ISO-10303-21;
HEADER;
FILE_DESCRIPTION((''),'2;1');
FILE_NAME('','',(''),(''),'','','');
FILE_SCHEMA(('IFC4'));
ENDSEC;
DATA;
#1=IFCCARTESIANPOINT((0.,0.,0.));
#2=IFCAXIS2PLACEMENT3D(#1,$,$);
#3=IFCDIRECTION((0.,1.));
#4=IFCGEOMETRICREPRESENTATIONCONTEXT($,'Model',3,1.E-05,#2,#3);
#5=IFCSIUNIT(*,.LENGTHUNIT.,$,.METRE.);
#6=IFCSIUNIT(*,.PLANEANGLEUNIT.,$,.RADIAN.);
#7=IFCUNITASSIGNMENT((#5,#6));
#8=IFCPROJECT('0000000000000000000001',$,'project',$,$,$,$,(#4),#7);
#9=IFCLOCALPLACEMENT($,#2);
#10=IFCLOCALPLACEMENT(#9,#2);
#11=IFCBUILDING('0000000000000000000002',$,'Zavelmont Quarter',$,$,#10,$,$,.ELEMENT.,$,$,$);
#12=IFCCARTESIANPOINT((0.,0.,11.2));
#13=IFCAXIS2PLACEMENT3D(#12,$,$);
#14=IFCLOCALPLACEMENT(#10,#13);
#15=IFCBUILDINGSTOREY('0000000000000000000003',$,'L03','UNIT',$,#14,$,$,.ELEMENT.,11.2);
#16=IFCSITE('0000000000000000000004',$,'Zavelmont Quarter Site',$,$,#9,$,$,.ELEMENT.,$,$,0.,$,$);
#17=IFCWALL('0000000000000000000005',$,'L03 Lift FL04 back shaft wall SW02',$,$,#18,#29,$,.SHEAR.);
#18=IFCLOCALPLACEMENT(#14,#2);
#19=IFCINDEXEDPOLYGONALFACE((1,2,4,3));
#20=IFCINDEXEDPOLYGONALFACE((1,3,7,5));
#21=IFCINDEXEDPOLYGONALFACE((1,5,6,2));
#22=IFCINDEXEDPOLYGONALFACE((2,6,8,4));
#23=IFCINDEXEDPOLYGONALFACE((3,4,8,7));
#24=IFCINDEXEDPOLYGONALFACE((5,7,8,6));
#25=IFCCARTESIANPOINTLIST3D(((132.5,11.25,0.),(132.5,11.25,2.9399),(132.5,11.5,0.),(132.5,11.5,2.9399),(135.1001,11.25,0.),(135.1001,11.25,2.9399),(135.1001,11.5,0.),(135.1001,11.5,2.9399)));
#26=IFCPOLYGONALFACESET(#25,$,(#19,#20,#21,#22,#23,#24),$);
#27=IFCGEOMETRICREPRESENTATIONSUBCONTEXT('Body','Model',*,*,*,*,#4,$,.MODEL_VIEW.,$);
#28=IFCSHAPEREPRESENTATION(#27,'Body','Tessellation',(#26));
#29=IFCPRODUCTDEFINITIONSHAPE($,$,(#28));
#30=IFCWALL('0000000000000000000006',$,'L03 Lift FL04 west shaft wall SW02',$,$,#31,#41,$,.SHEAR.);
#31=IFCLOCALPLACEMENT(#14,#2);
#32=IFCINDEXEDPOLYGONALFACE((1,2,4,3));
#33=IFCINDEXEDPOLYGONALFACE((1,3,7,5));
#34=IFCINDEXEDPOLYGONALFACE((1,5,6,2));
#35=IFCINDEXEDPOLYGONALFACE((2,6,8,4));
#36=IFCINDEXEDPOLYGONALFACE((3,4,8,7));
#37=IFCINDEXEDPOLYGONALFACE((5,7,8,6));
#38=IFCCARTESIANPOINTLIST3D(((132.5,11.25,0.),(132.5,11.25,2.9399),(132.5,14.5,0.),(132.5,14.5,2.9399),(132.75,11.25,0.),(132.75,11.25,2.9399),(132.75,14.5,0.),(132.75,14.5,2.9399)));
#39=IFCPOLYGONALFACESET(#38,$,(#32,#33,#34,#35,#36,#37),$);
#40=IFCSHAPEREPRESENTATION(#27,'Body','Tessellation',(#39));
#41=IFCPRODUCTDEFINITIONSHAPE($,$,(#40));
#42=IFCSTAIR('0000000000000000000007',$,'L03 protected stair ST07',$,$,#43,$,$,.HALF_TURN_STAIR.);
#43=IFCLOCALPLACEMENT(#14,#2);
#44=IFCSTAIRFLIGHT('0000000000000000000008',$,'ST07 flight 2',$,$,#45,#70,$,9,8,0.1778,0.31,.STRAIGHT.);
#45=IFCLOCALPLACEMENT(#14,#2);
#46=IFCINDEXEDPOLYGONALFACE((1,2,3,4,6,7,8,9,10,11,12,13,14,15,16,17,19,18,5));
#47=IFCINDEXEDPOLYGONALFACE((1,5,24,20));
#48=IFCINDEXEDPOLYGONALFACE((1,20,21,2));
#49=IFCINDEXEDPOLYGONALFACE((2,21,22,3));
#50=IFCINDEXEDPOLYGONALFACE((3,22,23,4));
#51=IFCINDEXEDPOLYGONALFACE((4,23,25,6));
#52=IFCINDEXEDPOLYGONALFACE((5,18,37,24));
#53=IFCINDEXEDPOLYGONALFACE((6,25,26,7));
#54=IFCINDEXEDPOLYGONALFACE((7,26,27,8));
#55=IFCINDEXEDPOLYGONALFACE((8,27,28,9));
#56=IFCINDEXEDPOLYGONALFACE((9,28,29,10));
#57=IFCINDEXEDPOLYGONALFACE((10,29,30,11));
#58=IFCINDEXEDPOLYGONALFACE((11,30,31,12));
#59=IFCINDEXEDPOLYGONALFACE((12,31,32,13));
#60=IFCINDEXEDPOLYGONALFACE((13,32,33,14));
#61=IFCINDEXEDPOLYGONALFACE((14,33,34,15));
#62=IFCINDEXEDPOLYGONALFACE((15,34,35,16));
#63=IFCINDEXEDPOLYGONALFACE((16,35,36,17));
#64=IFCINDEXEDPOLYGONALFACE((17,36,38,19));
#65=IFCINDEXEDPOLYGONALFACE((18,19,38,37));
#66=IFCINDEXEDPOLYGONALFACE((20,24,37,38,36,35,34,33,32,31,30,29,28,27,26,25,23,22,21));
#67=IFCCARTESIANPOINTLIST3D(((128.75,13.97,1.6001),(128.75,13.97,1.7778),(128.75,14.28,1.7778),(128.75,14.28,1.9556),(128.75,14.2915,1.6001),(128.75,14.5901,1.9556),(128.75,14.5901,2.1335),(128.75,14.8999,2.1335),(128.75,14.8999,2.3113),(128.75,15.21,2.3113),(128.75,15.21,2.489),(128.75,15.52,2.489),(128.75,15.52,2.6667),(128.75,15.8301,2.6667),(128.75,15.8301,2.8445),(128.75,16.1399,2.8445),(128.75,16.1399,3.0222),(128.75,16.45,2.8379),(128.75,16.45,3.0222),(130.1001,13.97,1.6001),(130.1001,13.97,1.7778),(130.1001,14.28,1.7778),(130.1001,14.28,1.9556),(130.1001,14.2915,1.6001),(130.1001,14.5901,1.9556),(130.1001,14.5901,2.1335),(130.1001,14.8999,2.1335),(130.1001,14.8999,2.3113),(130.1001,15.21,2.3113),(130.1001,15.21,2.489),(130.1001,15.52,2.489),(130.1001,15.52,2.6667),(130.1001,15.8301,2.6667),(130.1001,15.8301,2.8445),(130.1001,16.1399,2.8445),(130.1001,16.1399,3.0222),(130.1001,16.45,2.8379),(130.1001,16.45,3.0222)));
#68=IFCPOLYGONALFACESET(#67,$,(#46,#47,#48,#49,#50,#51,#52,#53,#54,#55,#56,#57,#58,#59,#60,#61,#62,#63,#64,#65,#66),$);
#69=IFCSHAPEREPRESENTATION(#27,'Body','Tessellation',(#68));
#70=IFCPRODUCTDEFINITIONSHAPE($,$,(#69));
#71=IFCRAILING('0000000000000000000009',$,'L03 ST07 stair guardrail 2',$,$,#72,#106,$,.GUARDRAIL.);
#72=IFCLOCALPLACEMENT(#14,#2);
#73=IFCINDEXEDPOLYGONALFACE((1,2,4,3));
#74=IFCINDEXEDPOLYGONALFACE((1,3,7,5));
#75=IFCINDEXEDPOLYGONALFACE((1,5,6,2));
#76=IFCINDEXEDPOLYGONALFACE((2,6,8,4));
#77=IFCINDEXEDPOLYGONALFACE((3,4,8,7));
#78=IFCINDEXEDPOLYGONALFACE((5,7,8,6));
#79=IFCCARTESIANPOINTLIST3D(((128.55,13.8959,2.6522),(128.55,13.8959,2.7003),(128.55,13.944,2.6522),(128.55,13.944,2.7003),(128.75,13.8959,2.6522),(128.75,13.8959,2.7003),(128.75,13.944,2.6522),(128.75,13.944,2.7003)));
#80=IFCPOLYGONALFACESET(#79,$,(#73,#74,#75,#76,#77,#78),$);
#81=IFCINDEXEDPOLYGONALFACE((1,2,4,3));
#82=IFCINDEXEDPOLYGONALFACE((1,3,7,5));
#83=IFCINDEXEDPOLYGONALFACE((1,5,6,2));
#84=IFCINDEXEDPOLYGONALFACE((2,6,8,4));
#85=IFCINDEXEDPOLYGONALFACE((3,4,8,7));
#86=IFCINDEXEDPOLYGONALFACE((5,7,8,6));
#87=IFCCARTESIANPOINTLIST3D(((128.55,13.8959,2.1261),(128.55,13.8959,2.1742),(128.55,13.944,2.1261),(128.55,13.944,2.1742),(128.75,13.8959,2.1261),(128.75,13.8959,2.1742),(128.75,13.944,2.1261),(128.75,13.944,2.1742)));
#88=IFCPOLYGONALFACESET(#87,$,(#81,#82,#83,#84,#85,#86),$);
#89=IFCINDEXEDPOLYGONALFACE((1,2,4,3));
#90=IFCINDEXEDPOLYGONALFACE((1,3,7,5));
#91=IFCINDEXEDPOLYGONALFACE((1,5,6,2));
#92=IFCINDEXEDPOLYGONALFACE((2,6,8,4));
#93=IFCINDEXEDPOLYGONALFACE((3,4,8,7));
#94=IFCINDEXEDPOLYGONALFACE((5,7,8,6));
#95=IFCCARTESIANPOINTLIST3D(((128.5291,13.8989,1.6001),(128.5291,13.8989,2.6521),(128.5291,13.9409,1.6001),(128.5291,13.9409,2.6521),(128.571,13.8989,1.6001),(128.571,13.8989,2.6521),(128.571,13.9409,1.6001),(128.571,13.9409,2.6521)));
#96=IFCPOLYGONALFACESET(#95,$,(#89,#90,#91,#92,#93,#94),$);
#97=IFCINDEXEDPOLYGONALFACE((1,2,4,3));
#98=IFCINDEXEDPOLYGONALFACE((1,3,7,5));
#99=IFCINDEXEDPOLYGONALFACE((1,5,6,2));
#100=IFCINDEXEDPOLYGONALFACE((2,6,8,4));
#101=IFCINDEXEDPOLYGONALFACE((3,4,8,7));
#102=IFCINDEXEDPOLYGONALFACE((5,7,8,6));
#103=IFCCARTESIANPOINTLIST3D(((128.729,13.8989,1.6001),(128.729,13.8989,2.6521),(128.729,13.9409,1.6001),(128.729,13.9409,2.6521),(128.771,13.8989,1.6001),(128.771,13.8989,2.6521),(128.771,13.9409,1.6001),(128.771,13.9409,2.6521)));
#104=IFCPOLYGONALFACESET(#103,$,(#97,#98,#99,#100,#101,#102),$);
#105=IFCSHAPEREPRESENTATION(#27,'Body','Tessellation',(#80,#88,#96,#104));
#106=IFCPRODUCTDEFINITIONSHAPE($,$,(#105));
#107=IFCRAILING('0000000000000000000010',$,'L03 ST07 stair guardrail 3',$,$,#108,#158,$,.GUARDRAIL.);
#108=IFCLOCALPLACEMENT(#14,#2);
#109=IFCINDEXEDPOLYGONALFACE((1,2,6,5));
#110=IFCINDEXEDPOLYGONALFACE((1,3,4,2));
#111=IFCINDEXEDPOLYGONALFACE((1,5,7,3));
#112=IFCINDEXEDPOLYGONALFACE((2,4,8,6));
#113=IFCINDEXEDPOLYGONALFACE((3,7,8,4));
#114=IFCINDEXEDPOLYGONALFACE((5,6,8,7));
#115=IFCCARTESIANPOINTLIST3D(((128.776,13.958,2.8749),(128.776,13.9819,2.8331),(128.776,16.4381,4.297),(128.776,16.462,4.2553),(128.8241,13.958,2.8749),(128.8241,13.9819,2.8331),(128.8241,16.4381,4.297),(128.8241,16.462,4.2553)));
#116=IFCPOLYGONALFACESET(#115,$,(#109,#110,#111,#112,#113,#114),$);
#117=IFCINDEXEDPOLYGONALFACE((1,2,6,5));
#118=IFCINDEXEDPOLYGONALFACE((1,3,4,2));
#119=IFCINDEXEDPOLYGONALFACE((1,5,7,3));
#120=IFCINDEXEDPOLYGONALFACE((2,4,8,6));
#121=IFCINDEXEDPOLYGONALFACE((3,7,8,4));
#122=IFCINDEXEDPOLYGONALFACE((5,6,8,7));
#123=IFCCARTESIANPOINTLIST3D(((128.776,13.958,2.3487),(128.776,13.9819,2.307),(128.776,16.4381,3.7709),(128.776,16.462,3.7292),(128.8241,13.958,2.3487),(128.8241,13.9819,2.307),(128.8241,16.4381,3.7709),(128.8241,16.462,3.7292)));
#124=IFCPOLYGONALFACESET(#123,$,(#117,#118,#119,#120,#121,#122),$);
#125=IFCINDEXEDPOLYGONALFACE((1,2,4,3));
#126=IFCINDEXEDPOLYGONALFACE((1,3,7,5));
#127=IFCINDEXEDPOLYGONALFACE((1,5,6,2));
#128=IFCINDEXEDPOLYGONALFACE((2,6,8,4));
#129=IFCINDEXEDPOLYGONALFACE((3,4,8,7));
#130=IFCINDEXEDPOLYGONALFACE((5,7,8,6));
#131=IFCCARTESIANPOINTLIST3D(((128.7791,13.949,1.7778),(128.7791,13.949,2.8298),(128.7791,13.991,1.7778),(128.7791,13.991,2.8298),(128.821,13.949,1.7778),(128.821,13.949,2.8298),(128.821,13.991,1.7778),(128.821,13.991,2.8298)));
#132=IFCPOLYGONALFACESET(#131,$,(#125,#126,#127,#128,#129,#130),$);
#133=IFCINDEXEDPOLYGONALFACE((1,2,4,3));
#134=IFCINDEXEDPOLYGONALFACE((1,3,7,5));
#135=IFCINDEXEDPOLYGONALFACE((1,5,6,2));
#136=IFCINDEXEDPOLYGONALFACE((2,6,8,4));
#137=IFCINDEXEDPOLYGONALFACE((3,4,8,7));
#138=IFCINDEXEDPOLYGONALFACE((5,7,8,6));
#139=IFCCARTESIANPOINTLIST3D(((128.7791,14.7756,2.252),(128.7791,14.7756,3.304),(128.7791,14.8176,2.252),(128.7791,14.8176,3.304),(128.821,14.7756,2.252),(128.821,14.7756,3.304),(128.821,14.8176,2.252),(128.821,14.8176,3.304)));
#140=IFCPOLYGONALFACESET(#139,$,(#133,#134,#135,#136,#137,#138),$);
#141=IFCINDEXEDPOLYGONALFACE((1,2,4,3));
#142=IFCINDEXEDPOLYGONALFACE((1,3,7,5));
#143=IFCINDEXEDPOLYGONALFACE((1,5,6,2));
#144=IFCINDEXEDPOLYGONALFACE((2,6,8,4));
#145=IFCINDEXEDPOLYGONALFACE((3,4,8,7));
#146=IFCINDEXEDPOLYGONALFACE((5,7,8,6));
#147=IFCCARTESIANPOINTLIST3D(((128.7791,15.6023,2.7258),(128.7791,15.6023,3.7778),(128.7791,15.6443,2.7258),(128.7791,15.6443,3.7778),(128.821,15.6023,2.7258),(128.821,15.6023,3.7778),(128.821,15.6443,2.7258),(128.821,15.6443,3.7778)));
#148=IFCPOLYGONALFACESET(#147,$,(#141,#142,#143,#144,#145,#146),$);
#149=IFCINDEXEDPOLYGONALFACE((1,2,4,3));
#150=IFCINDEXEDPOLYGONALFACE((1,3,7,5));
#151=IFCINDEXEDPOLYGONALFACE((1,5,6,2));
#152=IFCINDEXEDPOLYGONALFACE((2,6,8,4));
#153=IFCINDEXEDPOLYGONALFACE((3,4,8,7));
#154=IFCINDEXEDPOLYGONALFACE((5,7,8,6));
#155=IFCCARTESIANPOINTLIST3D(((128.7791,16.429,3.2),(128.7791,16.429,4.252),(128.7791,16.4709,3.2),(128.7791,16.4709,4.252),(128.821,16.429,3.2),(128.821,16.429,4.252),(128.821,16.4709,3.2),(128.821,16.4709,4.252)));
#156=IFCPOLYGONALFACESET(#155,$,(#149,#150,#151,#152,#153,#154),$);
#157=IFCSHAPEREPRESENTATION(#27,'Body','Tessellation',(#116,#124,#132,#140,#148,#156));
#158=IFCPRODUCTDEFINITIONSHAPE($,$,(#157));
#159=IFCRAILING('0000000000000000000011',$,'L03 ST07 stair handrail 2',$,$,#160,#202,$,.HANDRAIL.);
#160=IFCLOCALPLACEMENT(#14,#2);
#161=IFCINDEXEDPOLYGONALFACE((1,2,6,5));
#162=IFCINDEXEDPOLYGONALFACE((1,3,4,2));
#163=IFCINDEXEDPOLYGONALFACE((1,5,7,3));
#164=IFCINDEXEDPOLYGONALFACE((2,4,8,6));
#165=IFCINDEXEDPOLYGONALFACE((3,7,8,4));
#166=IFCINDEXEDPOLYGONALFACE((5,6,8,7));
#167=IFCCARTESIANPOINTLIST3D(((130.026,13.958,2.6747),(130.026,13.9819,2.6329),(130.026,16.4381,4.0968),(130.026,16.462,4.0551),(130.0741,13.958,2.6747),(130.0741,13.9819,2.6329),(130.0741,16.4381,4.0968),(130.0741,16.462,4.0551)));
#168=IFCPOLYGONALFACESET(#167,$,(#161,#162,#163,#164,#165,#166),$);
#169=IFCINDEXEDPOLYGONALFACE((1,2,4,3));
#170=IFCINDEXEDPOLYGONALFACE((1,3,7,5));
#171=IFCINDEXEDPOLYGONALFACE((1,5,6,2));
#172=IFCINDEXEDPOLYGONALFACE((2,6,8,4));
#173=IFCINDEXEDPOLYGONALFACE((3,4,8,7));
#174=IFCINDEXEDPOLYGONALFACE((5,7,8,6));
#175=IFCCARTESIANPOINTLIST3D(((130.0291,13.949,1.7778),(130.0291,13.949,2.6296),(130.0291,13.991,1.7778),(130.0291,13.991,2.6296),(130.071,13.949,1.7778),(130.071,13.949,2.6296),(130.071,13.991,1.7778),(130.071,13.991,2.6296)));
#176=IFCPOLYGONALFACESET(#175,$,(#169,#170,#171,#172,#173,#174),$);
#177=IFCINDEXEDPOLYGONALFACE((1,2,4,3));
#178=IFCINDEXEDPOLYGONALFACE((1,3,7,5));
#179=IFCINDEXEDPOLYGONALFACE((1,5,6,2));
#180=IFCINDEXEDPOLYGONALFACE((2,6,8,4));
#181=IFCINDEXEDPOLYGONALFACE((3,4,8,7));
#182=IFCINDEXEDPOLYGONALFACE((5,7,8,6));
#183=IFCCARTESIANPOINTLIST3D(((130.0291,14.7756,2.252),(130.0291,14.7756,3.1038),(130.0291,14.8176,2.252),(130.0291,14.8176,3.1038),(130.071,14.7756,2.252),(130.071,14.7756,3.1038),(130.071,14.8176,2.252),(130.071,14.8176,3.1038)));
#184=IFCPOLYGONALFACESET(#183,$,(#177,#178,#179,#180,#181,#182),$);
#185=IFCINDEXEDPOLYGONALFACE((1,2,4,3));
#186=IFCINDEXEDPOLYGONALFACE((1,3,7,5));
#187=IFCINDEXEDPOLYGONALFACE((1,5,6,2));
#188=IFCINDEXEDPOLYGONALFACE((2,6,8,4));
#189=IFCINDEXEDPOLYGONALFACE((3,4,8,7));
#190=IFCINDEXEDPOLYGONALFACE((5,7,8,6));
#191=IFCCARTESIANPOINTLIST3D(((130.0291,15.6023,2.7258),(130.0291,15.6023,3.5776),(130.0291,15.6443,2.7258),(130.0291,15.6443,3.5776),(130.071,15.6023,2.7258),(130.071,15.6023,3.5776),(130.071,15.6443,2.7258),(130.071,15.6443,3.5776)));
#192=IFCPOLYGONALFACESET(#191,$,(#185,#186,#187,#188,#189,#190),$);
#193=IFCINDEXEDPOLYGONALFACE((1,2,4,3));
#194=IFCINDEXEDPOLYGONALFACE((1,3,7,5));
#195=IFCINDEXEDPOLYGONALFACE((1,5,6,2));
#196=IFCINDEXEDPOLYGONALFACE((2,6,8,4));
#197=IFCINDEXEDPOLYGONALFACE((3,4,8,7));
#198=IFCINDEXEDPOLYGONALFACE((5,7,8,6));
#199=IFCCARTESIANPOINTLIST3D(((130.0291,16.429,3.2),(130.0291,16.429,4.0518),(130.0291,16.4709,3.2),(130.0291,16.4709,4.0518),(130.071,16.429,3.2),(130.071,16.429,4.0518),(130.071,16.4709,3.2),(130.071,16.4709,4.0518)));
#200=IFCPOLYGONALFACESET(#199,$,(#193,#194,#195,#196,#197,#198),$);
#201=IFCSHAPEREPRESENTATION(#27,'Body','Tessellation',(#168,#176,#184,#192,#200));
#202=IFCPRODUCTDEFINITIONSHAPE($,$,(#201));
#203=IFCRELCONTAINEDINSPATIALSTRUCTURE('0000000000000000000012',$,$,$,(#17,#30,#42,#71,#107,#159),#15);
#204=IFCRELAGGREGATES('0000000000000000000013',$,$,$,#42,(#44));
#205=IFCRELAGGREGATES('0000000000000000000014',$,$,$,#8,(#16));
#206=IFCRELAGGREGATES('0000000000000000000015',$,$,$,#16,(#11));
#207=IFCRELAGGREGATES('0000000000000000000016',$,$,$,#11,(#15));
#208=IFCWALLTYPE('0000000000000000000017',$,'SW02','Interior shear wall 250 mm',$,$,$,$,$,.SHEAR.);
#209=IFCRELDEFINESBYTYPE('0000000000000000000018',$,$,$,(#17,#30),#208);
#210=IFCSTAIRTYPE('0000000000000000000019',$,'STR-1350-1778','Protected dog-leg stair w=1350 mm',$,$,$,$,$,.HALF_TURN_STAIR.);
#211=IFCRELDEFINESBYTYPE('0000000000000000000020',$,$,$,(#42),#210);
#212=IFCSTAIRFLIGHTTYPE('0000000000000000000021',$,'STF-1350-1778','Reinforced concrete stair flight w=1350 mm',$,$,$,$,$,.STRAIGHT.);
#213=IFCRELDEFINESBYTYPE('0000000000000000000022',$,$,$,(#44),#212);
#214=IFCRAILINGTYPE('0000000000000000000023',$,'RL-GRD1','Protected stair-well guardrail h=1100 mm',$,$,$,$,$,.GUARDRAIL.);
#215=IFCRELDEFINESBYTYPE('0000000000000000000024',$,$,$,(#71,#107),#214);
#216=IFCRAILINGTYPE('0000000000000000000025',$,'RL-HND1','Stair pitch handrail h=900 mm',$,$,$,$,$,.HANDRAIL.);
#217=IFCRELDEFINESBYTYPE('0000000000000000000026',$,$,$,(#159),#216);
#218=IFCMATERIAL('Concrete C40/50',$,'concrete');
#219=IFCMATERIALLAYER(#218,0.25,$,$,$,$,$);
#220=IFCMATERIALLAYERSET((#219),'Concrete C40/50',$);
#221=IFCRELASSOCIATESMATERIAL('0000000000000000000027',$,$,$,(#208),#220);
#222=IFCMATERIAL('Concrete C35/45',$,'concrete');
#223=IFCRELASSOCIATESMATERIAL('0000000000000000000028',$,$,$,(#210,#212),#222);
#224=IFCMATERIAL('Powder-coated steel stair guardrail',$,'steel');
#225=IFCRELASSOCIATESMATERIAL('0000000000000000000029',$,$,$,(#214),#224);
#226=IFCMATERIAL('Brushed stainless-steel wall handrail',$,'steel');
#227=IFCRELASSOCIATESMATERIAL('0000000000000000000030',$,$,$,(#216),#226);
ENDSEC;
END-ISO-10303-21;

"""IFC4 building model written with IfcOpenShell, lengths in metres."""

from ifc_helpers import new_model, si_unit, direction, frame, frame_2d, origin, origin_2d, place, context, subcontext, project, spatial, polyline, rectangle, outline, extrude, material, layer, layer_set, type_object, element, aggregate, save


model = new_model("IFC4")

# Units and contexts
model_context = context("Model", 3, precision=1e-05, world=origin(), true_north=direction((0.0, 1.0)))
body_context = subcontext(model_context, "Body", "Model", "MODEL_VIEW")
ifc_project = project(units=[si_unit("LENGTHUNIT", "METRE"), si_unit("PLANEANGLEUNIT", "RADIAN")], contexts=[model_context])

# Site, building, storey
site_placement = place(None, origin())
site = spatial("IfcSite", under=ifc_project, at=site_placement, Name="Zavelmont Quarter Site", CompositionType="ELEMENT", RefElevation=0.0)
building_placement = place(site_placement, origin())
building = spatial("IfcBuilding", under=site, at=building_placement, Name="Zavelmont Quarter", CompositionType="ELEMENT")
storey_placement = place(building_placement, frame((0.0, 0.0, 11.2)))
storey = spatial("IfcBuildingStorey", under=building, at=storey_placement, Name="L03", Description="UNIT", CompositionType="ELEMENT", Elevation=11.2)

# Shared definitions
ifc_material_1 = material(Name="Concrete C40/50", Category="concrete")

# Shared definitions
ifc_material_2 = material(Name="Concrete C35/45", Category="concrete")

# Walls
ifc_layer_1 = layer(ifc_material_1, 0.25)
ifc_layer_set_1 = layer_set([ifc_layer_1], Name="Concrete C40/50")
wall_type_1 = type_object("IfcWallType", Name="SW02", Description="Interior shear wall 250 mm", PredefinedType="SHEAR", material=ifc_layer_set_1)
wall_1_placement = place(storey_placement, frame((132.5, 11.375, 0.0), z_axis=(0.0, 0.0, 1.0), x_axis=(1.0, 0.0, 0.0)))
element("IfcWall", 1, at=wall_1_placement, inside=storey, type_object=wall_type_1, Name="L03 Lift FL04 back shaft wall SW02", PredefinedType="SHEAR", context=body_context, shape_type="SweptSolid", body=[
    extrude(rectangle(XDim=2.6001, YDim=0.25, at=frame_2d((1.3, 0.0))), origin(), (0.0, 0.0, 1.0), 2.9399),
])
wall_2_placement = place(storey_placement, frame((132.625, 11.25, 0.0), z_axis=(0.0, 0.0, 1.0), x_axis=(0.0, 1.0, 0.0)))
element("IfcWall", 2, at=wall_2_placement, inside=storey, type_object=wall_type_1, Name="L03 Lift FL04 west shaft wall SW02", PredefinedType="SHEAR", context=body_context, shape_type="SweptSolid", body=[
    extrude(rectangle(XDim=3.25, YDim=0.25, at=frame_2d((1.625, 0.0))), origin(), (0.0, 0.0, 1.0), 2.9399),
])

# Stair, stair flight
stair_type = type_object("IfcStairType", Name="STR-1350-1778", Description="Protected dog-leg stair w=1350 mm", PredefinedType="HALF_TURN_STAIR", material=ifc_material_2)
stair_placement = place(storey_placement, origin())
stair = element("IfcStair", 3, at=stair_placement, inside=storey, type_object=stair_type, Name="L03 protected stair ST07", PredefinedType="HALF_TURN_STAIR")
stair_flight_type = type_object("IfcStairFlightType", Name="STF-1350-1778", Description="Reinforced concrete stair flight w=1350 mm", PredefinedType="STRAIGHT", material=ifc_material_2)
stair_flight_placement = place(storey_placement, frame((129.425, 13.97, 1.6001), z_axis=(0.0, 0.0, 1.0), x_axis=(0.0, 1.0, 0.0)))
stair_flight = element("IfcStairFlight", 4, at=stair_flight_placement, type_object=stair_flight_type, Name="ST07 flight 2", NumberOfRisers=9, NumberOfTreads=8, PredefinedType="STRAIGHT", RiserHeight=0.1778, TreadLength=0.31, context=body_context, shape_type="SweptSolid", body=[
    extrude(outline(polyline([(0.0, 0.0), (0.0, 0.1777), (0.3101, 0.1777), (0.3101, 0.3555), (0.6201, 0.3555), (0.6201, 0.5334), (0.9299, 0.5334), (0.9299, 0.7112), (1.24, 0.7112), (1.24, 0.8889), (1.55, 0.8889), (1.55, 1.0667), (1.8601, 1.0667), (1.8601, 1.2444), (2.1699, 1.2444), (2.1699, 1.4221), (2.48, 1.4221), (2.48, 1.6001), (2.48, 1.2378), (0.3215, 0.0), (0.0, 0.0)])), frame((0.0, 0.675, 0.0), z_axis=(0.0, -1.0, 0.0), x_axis=(1.0, 0.0, 0.0)), (0.0, 0.0, 1.0), 1.3501),
])
aggregate(stair, [stair_flight])

# Railings
ifc_material_3 = material(Name="Powder-coated steel stair guardrail", Category="steel")
railing_type_1 = type_object("IfcRailingType", Name="RL-GRD1", Description="Protected stair-well guardrail h=1100 mm", PredefinedType="GUARDRAIL", material=ifc_material_3)
railing_1_placement = place(storey_placement, frame((128.55, 13.9199, 1.6001)))
element("IfcRailing", 5, at=railing_1_placement, inside=storey, type_object=railing_type_1, Name="L03 ST07 stair guardrail 2", PredefinedType="GUARDRAIL", context=body_context, shape_type="SweptSolid", body=[
    extrude(rectangle(XDim=0.0481, YDim=0.0481, at=origin_2d()), frame((0.0, 0.0, 1.0762), z_axis=(1.0, 0.0, 0.0), x_axis=(0.0, 1.0, 0.0)), (0.0, 0.0, 1.0), 0.2),
    extrude(rectangle(XDim=0.0481, YDim=0.0481, at=origin_2d()), frame((0.0, 0.0, 0.55), z_axis=(1.0, 0.0, 0.0), x_axis=(0.0, 1.0, 0.0)), (0.0, 0.0, 1.0), 0.2),
    extrude(rectangle(XDim=0.042, YDim=0.042, at=origin_2d()), origin(), (0.0, 0.0, 1.0), 1.052),
    extrude(rectangle(XDim=0.042, YDim=0.042, at=origin_2d()), frame((0.2, 0.0, 0.0)), (0.0, 0.0, 1.0), 1.052),
])
railing_2_placement = place(storey_placement, frame((128.8, 13.97, 1.7778)))
element("IfcRailing", 6, at=railing_2_placement, inside=storey, type_object=railing_type_1, Name="L03 ST07 stair guardrail 3", PredefinedType="GUARDRAIL", context=body_context, shape_type="SweptSolid", body=[
    extrude(rectangle(XDim=0.0481, YDim=0.0481, at=origin_2d()), frame((0.0, 0.0, 1.0762), z_axis=(0.0, 0.867491, 0.497454), x_axis=(-1.0, 0.0, 0.0)), (0.0, 0.0, 1.0), 2.8589),
    extrude(rectangle(XDim=0.0481, YDim=0.0481, at=origin_2d()), frame((0.0, 0.0, 0.55), z_axis=(0.0, 0.867491, 0.497454), x_axis=(-1.0, 0.0, 0.0)), (0.0, 0.0, 1.0), 2.8589),
    extrude(rectangle(XDim=0.042, YDim=0.042, at=origin_2d()), origin(), (0.0, 0.0, 1.0), 1.052),
    extrude(rectangle(XDim=0.042, YDim=0.042, at=origin_2d()), frame((0.0, 0.8267, 0.4741)), (0.0, 0.0, 1.0), 1.052),
    extrude(rectangle(XDim=0.042, YDim=0.042, at=origin_2d()), frame((0.0, 1.6533, 0.948)), (0.0, 0.0, 1.0), 1.052),
    extrude(rectangle(XDim=0.042, YDim=0.042, at=origin_2d()), frame((0.0, 2.48, 1.4221)), (0.0, 0.0, 1.0), 1.052),
])
ifc_material_4 = material(Name="Brushed stainless-steel wall handrail", Category="steel")
railing_type_2 = type_object("IfcRailingType", Name="RL-HND1", Description="Stair pitch handrail h=900 mm", PredefinedType="HANDRAIL", material=ifc_material_4)
railing_3_placement = place(storey_placement, frame((130.05, 13.97, 1.7778)))
element("IfcRailing", 7, at=railing_3_placement, inside=storey, type_object=railing_type_2, Name="L03 ST07 stair handrail 2", PredefinedType="HANDRAIL", context=body_context, shape_type="SweptSolid", body=[
    extrude(rectangle(XDim=0.0481, YDim=0.0481, at=origin_2d()), frame((0.0, 0.0, 0.876), z_axis=(0.0, 0.867491, 0.497454), x_axis=(-1.0, 0.0, 0.0)), (0.0, 0.0, 1.0), 2.8589),
    extrude(rectangle(XDim=0.042, YDim=0.042, at=origin_2d()), origin(), (0.0, 0.0, 1.0), 0.8518),
    extrude(rectangle(XDim=0.042, YDim=0.042, at=origin_2d()), frame((0.0, 0.8267, 0.4741)), (0.0, 0.0, 1.0), 0.8518),
    extrude(rectangle(XDim=0.042, YDim=0.042, at=origin_2d()), frame((0.0, 1.6533, 0.948)), (0.0, 0.0, 1.0), 0.8518),
    extrude(rectangle(XDim=0.042, YDim=0.042, at=origin_2d()), frame((0.0, 2.48, 1.4221)), (0.0, 0.0, 1.0), 0.8518),
])

save(model, "model.ifc")
